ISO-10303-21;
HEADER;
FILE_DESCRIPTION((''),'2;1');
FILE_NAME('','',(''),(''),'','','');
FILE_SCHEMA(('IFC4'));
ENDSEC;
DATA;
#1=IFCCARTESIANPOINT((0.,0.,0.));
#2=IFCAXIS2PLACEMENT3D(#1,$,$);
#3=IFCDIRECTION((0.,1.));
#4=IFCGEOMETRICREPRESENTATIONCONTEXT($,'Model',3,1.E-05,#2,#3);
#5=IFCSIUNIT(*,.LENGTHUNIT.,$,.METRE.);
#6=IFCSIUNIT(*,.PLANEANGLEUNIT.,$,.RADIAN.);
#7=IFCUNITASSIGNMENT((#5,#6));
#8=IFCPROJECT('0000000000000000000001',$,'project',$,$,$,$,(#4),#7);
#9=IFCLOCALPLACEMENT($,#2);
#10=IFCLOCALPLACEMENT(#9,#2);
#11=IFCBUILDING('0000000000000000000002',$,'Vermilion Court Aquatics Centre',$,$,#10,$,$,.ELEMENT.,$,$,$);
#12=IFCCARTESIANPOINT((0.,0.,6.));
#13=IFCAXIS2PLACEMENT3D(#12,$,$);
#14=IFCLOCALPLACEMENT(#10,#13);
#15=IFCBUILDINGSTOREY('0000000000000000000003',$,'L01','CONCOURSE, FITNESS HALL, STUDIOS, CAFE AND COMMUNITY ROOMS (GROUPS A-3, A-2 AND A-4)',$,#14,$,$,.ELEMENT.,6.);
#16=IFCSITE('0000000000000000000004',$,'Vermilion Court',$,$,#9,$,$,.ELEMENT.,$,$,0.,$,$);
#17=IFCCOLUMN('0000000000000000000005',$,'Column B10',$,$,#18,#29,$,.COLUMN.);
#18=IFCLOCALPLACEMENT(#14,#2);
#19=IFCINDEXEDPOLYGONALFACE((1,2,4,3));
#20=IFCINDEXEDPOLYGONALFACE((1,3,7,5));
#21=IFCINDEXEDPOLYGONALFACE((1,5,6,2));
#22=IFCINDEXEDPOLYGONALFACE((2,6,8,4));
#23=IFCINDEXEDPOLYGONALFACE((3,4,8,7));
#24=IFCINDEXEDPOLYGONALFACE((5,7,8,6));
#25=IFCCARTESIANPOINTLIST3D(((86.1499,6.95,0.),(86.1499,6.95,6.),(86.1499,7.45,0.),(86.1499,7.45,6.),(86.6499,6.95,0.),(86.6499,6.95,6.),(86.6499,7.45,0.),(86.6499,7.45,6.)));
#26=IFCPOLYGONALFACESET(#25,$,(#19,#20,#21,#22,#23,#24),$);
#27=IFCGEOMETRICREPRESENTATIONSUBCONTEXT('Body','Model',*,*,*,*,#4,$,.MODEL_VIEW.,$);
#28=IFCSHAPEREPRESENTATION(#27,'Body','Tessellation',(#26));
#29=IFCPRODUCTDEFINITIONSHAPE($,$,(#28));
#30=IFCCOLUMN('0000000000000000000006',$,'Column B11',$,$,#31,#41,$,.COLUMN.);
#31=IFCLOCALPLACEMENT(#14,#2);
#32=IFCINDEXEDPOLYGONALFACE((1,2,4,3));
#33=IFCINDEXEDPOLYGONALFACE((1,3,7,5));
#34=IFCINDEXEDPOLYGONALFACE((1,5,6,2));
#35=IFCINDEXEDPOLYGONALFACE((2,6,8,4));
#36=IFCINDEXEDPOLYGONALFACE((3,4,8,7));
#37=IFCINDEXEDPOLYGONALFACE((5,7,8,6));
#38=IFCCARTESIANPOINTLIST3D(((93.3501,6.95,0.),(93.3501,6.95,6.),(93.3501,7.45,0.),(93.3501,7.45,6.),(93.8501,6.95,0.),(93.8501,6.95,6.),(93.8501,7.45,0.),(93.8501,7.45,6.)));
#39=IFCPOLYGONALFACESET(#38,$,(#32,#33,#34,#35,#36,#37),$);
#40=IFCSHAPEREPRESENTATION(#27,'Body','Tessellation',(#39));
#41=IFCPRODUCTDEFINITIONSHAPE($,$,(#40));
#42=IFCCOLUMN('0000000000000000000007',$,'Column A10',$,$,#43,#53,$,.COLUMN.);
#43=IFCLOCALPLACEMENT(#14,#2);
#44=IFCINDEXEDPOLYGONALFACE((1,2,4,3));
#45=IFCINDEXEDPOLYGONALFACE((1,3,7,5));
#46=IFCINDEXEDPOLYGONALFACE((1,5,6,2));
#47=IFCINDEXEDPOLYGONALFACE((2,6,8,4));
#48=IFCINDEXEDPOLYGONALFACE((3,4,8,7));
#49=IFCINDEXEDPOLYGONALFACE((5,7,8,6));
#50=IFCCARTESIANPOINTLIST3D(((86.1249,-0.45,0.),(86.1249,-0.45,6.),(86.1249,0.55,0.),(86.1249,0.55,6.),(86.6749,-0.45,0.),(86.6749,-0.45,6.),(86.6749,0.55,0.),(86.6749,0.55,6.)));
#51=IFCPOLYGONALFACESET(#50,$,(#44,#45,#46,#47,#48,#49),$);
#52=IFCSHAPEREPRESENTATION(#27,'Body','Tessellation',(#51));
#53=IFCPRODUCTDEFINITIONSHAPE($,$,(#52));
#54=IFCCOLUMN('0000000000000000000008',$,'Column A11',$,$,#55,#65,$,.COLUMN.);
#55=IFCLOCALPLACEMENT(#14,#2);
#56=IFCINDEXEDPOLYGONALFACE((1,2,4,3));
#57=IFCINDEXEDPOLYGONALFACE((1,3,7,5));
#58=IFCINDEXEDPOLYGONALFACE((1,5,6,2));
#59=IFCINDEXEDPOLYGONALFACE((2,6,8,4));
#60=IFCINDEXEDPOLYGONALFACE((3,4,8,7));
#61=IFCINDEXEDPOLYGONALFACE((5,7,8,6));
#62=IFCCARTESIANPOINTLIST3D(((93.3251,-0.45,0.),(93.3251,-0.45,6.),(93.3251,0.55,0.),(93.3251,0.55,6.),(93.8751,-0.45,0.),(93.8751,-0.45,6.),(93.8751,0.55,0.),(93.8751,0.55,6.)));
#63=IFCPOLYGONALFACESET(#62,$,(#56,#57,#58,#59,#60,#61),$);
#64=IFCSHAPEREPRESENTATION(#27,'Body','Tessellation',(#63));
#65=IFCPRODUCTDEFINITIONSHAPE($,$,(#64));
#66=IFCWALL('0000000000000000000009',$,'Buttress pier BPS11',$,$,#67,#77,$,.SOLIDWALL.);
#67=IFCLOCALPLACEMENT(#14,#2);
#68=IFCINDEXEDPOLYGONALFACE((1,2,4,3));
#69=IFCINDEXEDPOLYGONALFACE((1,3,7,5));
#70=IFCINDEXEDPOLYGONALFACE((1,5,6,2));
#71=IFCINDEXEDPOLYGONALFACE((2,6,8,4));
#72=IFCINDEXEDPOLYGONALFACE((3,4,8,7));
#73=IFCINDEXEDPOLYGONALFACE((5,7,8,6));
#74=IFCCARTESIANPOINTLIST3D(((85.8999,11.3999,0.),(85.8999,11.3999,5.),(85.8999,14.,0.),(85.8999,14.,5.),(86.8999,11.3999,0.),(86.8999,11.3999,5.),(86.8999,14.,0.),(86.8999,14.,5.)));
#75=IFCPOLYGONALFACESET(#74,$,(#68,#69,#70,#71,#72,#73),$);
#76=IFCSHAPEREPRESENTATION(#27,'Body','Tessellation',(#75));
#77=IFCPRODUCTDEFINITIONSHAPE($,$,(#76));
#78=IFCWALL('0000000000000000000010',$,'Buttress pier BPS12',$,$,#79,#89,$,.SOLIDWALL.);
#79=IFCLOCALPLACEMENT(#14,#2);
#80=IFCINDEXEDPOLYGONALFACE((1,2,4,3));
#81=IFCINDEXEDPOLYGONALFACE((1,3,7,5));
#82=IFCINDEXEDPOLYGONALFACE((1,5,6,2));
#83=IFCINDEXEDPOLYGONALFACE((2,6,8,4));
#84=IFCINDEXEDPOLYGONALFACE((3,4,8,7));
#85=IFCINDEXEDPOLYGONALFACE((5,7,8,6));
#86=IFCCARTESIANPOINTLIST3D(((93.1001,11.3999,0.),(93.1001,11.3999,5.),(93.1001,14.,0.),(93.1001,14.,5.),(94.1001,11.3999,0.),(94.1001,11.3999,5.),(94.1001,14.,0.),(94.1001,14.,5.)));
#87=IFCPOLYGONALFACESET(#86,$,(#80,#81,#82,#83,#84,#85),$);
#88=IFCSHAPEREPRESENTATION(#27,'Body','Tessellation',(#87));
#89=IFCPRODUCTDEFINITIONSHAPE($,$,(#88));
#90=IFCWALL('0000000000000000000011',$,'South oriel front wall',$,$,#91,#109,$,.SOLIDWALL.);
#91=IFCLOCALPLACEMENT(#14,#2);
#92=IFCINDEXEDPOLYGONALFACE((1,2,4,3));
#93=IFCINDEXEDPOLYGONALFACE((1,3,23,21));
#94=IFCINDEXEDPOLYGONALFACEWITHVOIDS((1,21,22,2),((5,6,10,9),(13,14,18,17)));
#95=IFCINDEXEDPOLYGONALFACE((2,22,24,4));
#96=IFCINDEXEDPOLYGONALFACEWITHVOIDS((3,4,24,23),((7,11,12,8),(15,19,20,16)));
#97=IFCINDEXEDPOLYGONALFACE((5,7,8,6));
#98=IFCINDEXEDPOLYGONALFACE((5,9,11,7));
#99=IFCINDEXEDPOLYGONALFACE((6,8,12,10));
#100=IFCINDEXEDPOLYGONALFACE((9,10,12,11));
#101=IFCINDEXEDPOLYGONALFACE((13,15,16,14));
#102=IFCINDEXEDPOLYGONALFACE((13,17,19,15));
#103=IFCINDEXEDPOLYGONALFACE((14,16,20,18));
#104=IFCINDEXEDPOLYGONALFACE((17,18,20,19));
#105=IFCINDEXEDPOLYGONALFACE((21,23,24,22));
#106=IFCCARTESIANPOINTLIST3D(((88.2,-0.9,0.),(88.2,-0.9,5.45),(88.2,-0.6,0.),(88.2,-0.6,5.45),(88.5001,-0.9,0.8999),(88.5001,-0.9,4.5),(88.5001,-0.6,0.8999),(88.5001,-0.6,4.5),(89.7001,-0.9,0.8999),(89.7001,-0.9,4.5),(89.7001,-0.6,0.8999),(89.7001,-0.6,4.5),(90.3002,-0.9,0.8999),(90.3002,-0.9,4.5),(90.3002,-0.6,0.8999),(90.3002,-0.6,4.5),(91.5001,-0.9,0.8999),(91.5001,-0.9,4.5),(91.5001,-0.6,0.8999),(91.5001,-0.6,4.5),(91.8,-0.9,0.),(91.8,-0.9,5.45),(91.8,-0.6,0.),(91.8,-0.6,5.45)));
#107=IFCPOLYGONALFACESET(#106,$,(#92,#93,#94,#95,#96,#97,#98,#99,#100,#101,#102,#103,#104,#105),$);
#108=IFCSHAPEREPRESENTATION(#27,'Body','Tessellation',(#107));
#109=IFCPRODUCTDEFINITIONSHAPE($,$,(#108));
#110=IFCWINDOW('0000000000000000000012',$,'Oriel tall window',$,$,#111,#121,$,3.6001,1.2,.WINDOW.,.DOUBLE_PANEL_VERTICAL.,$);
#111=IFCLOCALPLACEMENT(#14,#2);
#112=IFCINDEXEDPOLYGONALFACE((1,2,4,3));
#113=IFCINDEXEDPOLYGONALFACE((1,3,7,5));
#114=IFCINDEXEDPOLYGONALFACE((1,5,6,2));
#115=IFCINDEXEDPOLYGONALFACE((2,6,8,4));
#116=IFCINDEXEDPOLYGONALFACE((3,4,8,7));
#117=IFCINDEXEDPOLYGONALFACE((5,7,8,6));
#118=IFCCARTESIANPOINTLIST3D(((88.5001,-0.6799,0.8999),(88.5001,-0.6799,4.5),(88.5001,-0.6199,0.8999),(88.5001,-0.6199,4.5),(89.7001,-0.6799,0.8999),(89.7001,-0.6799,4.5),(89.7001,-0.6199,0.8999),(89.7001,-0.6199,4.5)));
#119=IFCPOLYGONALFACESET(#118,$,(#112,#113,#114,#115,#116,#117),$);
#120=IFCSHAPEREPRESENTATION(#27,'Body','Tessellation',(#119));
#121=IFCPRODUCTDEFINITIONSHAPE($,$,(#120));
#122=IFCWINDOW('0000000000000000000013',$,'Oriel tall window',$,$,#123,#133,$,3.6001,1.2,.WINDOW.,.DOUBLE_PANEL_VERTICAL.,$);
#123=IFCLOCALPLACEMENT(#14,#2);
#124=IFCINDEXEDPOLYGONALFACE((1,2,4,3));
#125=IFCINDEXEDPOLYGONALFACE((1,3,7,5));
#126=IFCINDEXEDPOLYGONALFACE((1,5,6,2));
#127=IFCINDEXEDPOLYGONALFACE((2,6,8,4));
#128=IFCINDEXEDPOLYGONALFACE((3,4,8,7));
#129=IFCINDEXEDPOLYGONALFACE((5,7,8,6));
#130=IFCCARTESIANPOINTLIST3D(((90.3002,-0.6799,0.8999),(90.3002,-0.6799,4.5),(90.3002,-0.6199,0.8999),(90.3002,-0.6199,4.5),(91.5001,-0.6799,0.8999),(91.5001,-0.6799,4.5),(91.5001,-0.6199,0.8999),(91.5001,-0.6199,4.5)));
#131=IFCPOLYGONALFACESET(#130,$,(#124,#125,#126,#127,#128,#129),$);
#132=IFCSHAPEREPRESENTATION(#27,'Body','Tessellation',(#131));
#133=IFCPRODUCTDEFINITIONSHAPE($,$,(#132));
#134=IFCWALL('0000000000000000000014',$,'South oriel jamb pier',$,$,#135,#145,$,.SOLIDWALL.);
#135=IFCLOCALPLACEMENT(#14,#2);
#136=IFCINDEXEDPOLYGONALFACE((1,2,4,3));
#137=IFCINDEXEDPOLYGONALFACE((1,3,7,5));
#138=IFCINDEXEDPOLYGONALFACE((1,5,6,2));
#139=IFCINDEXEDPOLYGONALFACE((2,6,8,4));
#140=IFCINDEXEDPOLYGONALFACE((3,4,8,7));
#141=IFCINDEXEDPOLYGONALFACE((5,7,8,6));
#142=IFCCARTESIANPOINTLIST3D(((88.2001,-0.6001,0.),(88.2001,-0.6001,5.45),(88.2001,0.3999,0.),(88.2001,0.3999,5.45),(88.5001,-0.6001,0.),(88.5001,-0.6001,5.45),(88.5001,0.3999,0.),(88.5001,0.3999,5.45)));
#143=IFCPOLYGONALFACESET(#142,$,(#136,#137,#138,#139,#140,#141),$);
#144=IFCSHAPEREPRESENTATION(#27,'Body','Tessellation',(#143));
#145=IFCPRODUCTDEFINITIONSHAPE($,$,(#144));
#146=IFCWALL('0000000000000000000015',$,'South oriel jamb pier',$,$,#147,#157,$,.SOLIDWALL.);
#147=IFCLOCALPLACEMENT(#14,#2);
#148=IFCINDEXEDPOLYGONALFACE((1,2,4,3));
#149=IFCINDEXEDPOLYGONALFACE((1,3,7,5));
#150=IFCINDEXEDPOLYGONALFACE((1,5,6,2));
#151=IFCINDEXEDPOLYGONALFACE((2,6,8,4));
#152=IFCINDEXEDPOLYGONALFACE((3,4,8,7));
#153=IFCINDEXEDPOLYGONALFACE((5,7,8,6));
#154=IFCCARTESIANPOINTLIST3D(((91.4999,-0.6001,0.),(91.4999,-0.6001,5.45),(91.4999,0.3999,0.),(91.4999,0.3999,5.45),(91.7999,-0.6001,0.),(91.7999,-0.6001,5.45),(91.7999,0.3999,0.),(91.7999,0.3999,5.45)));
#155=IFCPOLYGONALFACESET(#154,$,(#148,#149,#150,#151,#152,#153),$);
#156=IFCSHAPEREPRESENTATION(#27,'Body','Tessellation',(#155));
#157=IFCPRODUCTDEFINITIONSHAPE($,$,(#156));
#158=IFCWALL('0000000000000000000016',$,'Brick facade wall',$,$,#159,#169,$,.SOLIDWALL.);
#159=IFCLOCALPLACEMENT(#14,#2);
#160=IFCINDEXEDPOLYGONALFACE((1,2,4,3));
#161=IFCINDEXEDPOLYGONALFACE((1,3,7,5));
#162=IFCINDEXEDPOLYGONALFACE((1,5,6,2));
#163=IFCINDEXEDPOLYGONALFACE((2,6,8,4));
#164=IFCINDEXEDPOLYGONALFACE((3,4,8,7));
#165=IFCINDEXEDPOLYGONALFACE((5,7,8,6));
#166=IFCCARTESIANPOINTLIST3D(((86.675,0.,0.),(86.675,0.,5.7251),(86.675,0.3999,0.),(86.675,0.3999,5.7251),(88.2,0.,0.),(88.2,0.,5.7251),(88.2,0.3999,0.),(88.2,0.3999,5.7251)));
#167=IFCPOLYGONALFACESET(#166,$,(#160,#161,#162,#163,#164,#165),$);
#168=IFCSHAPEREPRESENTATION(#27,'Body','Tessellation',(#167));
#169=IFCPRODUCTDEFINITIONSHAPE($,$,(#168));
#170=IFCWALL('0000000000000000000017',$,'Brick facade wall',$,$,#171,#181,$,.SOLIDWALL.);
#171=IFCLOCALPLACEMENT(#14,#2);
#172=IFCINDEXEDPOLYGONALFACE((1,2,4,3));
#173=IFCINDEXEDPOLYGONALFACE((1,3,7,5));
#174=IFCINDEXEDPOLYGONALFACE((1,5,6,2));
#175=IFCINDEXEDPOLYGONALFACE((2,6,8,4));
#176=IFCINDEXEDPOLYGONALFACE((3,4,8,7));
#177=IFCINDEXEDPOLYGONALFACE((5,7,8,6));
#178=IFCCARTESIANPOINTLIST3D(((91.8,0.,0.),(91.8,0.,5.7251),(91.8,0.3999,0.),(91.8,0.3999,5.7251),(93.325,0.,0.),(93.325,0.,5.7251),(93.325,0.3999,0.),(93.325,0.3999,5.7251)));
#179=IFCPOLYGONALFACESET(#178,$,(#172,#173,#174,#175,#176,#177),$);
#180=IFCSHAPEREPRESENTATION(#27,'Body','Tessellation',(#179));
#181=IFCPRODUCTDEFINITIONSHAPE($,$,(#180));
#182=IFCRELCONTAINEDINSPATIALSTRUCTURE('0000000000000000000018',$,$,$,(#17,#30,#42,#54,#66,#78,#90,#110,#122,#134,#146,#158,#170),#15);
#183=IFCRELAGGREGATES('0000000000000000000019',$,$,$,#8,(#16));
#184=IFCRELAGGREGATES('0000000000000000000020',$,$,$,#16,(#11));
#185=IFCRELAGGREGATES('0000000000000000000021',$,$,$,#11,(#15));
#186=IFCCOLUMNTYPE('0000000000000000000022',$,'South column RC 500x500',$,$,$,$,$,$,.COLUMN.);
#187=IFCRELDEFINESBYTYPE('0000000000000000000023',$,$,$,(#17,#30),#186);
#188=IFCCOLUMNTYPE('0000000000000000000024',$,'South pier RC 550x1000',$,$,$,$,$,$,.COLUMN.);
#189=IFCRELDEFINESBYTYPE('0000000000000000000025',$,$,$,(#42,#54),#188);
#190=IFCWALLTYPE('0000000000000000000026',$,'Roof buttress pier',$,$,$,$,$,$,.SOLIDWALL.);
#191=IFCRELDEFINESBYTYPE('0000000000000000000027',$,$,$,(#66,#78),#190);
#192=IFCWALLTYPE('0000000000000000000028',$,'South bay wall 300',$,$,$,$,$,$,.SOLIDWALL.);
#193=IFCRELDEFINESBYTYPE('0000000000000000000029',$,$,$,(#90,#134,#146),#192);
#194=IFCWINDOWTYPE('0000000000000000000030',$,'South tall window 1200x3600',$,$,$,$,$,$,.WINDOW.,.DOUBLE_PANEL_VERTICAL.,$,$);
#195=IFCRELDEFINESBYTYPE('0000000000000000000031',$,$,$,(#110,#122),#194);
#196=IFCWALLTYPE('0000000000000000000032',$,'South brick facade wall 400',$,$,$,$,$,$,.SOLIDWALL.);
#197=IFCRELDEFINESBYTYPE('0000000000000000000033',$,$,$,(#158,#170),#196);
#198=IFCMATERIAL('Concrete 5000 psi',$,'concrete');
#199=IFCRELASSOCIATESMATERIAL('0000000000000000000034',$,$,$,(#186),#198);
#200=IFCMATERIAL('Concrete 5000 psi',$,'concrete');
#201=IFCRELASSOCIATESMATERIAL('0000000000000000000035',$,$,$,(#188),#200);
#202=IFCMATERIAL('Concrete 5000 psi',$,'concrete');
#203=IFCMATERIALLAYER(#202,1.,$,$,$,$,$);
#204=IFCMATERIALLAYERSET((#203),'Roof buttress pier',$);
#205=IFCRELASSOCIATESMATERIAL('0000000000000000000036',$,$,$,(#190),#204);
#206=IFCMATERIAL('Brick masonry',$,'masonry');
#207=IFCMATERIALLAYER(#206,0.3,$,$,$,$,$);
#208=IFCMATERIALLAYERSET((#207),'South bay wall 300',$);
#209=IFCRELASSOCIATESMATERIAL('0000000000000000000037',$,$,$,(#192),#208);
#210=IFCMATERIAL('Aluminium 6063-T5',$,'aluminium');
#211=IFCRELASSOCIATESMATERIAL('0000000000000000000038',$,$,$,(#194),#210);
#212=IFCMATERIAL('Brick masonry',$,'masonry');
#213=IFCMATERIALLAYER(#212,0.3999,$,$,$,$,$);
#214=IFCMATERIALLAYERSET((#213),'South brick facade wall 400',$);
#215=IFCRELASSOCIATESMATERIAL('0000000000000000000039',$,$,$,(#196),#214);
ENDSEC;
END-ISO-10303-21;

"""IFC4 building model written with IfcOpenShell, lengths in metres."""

from ifc_helpers import new_model, si_unit, direction, frame, frame_2d, origin, origin_2d, place, context, subcontext, project, spatial, rectangle, extrude, material, layer, layer_set, material_profile, profile_set, type_object, element, fill, save


model = new_model("IFC4")

# Units and contexts
model_context = context("Model", 3, precision=1e-05, world=origin(), true_north=direction((0.0, 1.0)))
body_context = subcontext(model_context, "Body", "Model", "MODEL_VIEW")
ifc_project = project(units=[si_unit("LENGTHUNIT", "METRE"), si_unit("PLANEANGLEUNIT", "RADIAN")], contexts=[model_context])

# Site, building, storey
site_placement = place(None, origin())
site = spatial("IfcSite", under=ifc_project, at=site_placement, Name="Vermilion Court", CompositionType="ELEMENT", RefElevation=0.0)
building_placement = place(site_placement, origin())
building = spatial("IfcBuilding", under=site, at=building_placement, Name="Vermilion Court Aquatics Centre", CompositionType="ELEMENT")
storey_placement = place(building_placement, frame((0.0, 0.0, 6.0)))
storey = spatial("IfcBuildingStorey", under=building, at=storey_placement, Name="L01", Description="CONCOURSE, FITNESS HALL, STUDIOS, CAFE AND COMMUNITY ROOMS (GROUPS A-3, A-2 AND A-4)", CompositionType="ELEMENT", Elevation=6.0)

# Columns
ifc_material_1 = material(Name="Concrete 5000 psi", Category="concrete")
ifc_material_profile_1 = material_profile(ifc_material_1, rectangle(XDim=0.5, YDim=0.5, at=origin_2d()), Name="RC 500x500")
ifc_profile_set_1 = profile_set([ifc_material_profile_1], Name="Concrete 5000 psi")
column_type_1 = type_object("IfcColumnType", Name="South column RC 500x500", PredefinedType="COLUMN", material=ifc_profile_set_1)
for number, where, z_axis, x_axis, name in (
    (1, (86.3999, 7.2, 0.0), (0.0, 0.0, 1.0), (1.0, 0.0, 0.0), "Column B10"),
    (2, (93.6001, 7.2, 0.0), (0.0, 0.0, 1.0), (1.0, 0.0, 0.0), "Column B11"),
):
    element("IfcColumn", number, at=place(storey_placement, frame(where, z_axis=z_axis, x_axis=x_axis)), inside=storey, type_object=column_type_1, Name=name, PredefinedType="COLUMN", context=body_context, shape_type="SweptSolid", body=[
        extrude(rectangle(XDim=0.5, YDim=0.5, at=origin_2d()), origin(), (0.0, 0.0, 1.0), 6.0),
    ])
ifc_material_2 = material(Name="Concrete 5000 psi", Category="concrete")
ifc_material_profile_2 = material_profile(ifc_material_2, rectangle(XDim=0.55, YDim=1.0, at=origin_2d()), Name="RC 550x1000")
ifc_profile_set_2 = profile_set([ifc_material_profile_2], Name="Concrete 5000 psi")
column_type_2 = type_object("IfcColumnType", Name="South pier RC 550x1000", PredefinedType="COLUMN", material=ifc_profile_set_2)
for number, where, z_axis, x_axis, name in (
    (3, (86.3999, 0.05, 0.0), (0.0, 0.0, 1.0), (1.0, 0.0, 0.0), "Column A10"),
    (4, (93.6001, 0.05, 0.0), (0.0, 0.0, 1.0), (1.0, 0.0, 0.0), "Column A11"),
):
    element("IfcColumn", number, at=place(storey_placement, frame(where, z_axis=z_axis, x_axis=x_axis)), inside=storey, type_object=column_type_2, Name=name, PredefinedType="COLUMN", context=body_context, shape_type="SweptSolid", body=[
        extrude(rectangle(XDim=0.55, YDim=1.0, at=origin_2d()), origin(), (0.0, 0.0, 1.0), 6.0),
    ])

# Walls
ifc_material_3 = material(Name="Concrete 5000 psi", Category="concrete")
ifc_layer_1 = layer(ifc_material_3, 1.0)
ifc_layer_set_1 = layer_set([ifc_layer_1], Name="Roof buttress pier")
wall_type_1 = type_object("IfcWallType", Name="Roof buttress pier", PredefinedType="SOLIDWALL", material=ifc_layer_set_1)
for number, where, z_axis, x_axis, name in (
    (5, (86.3999, 11.3999, 0.0), (0.0, 0.0, 1.0), (0.0, 1.0, 0.0), "Buttress pier BPS11"),
    (6, (93.6001, 11.3999, 0.0), (0.0, 0.0, 1.0), (0.0, 1.0, 0.0), "Buttress pier BPS12"),
):
    element("IfcWall", number, at=place(storey_placement, frame(where, z_axis=z_axis, x_axis=x_axis)), inside=storey, type_object=wall_type_1, Name=name, PredefinedType="SOLIDWALL", context=body_context, shape_type="SweptSolid", body=[
        extrude(rectangle(XDim=2.6001, YDim=1.0, at=frame_2d((1.3, 0.0))), origin(), (0.0, 0.0, 1.0), 5.0),
    ])

# Wall, openings, windows
ifc_material_4 = material(Name="Brick masonry", Category="masonry")
ifc_layer_2 = layer(ifc_material_4, 0.3)
ifc_layer_set_2 = layer_set([ifc_layer_2], Name="South bay wall 300")
wall_type_2 = type_object("IfcWallType", Name="South bay wall 300", PredefinedType="SOLIDWALL", material=ifc_layer_set_2)
wall_1_placement = place(storey_placement, frame((88.2, -0.75, 0.0), z_axis=(0.0, 0.0, 1.0), x_axis=(1.0, 0.0, 0.0)))
wall_1 = element("IfcWall", 7, at=wall_1_placement, inside=storey, type_object=wall_type_2, Name="South oriel front wall", PredefinedType="SOLIDWALL", context=body_context, shape_type="SweptSolid", body=[
    extrude(rectangle(XDim=3.6001, YDim=0.3, at=frame_2d((1.8, 0.0))), origin(), (0.0, 0.0, 1.0), 5.45),
])
opening_1_placement = place(wall_1_placement, frame((0.3, 0.0, 0.8999)))
opening_1 = element("IfcOpeningElement", 8, at=opening_1_placement, cuts=wall_1, PredefinedType="OPENING", context=body_context, shape_type="SweptSolid", body=[
    extrude(rectangle(XDim=1.2, YDim=3.6001, at=frame_2d((0.6001, 1.8))), frame((0.0, 0.1599, 0.0), z_axis=(0.0, -1.0, 0.0), x_axis=(1.0, 0.0, 0.0)), (0.0, 0.0, 1.0), 0.3201),
])
opening_2_placement = place(wall_1_placement, frame((2.1001, 0.0, 0.8999)))
opening_2 = element("IfcOpeningElement", 9, at=opening_2_placement, cuts=wall_1, PredefinedType="OPENING", context=body_context, shape_type="SweptSolid", body=[
    extrude(rectangle(XDim=1.2, YDim=3.6001, at=frame_2d((0.6001, 1.8))), frame((0.0, 0.1599, 0.0), z_axis=(0.0, -1.0, 0.0), x_axis=(1.0, 0.0, 0.0)), (0.0, 0.0, 1.0), 0.3201),
])
ifc_material_5 = material(Name="Aluminium 6063-T5", Category="aluminium")
window_type = type_object("IfcWindowType", Name="South tall window 1200x3600", PartitioningType="DOUBLE_PANEL_VERTICAL", PredefinedType="WINDOW", material=ifc_material_5)
window_1_placement = place(opening_1_placement, origin())
window_1 = element("IfcWindow", 10, at=window_1_placement, inside=storey, type_object=window_type, Name="Oriel tall window", OverallHeight=3.6001, OverallWidth=1.2, PartitioningType="DOUBLE_PANEL_VERTICAL", PredefinedType="WINDOW", context=body_context, shape_type="SweptSolid", body=[
    extrude(rectangle(XDim=1.2, YDim=3.6001, at=frame_2d((0.6001, 1.8))), frame((0.0, 0.1301, 0.0), z_axis=(0.0, -1.0, 0.0), x_axis=(1.0, 0.0, 0.0)), (0.0, 0.0, 1.0), 0.0601),
])
fill(opening_1, window_1)
window_2_placement = place(opening_2_placement, origin())
window_2 = element("IfcWindow", 11, at=window_2_placement, inside=storey, type_object=window_type, Name="Oriel tall window", OverallHeight=3.6001, OverallWidth=1.2, PartitioningType="DOUBLE_PANEL_VERTICAL", PredefinedType="WINDOW", context=body_context, shape_type="SweptSolid", body=[
    extrude(rectangle(XDim=1.2, YDim=3.6001, at=frame_2d((0.6001, 1.8))), frame((0.0, 0.1301, 0.0), z_axis=(0.0, -1.0, 0.0), x_axis=(1.0, 0.0, 0.0)), (0.0, 0.0, 1.0), 0.0601),
])
fill(opening_2, window_2)

# Walls
for number, where, z_axis, x_axis, name in (
    (12, (88.3501, -0.6001, 0.0), (0.0, 0.0, 1.0), (0.0, 1.0, 0.0), "South oriel jamb pier"),
    (13, (91.6499, -0.6001, 0.0), (0.0, 0.0, 1.0), (0.0, 1.0, 0.0), "South oriel jamb pier"),
):
    element("IfcWall", number, at=place(storey_placement, frame(where, z_axis=z_axis, x_axis=x_axis)), inside=storey, type_object=wall_type_2, Name=name, PredefinedType="SOLIDWALL", context=body_context, shape_type="SweptSolid", body=[
        extrude(rectangle(XDim=1.0, YDim=0.3, at=frame_2d((0.5, 0.0))), origin(), (0.0, 0.0, 1.0), 5.45),
    ])
ifc_material_6 = material(Name="Brick masonry", Category="masonry")
ifc_layer_3 = layer(ifc_material_6, 0.3999)
ifc_layer_set_3 = layer_set([ifc_layer_3], Name="South brick facade wall 400")
wall_type_3 = type_object("IfcWallType", Name="South brick facade wall 400", PredefinedType="SOLIDWALL", material=ifc_layer_set_3)
for number, where, z_axis, x_axis, name in (
    (14, (86.675, 0.2, 0.0), (0.0, 0.0, 1.0), (1.0, 0.0, 0.0), "Brick facade wall"),
    (15, (91.8, 0.2, 0.0), (0.0, 0.0, 1.0), (1.0, 0.0, 0.0), "Brick facade wall"),
):
    element("IfcWall", number, at=place(storey_placement, frame(where, z_axis=z_axis, x_axis=x_axis)), inside=storey, type_object=wall_type_3, Name=name, PredefinedType="SOLIDWALL", context=body_context, shape_type="SweptSolid", body=[
        extrude(rectangle(XDim=1.5249, YDim=0.3999, at=frame_2d((0.7625, 0.0))), origin(), (0.0, 0.0, 1.0), 5.7251),
    ])

save(model, "model.ifc")
